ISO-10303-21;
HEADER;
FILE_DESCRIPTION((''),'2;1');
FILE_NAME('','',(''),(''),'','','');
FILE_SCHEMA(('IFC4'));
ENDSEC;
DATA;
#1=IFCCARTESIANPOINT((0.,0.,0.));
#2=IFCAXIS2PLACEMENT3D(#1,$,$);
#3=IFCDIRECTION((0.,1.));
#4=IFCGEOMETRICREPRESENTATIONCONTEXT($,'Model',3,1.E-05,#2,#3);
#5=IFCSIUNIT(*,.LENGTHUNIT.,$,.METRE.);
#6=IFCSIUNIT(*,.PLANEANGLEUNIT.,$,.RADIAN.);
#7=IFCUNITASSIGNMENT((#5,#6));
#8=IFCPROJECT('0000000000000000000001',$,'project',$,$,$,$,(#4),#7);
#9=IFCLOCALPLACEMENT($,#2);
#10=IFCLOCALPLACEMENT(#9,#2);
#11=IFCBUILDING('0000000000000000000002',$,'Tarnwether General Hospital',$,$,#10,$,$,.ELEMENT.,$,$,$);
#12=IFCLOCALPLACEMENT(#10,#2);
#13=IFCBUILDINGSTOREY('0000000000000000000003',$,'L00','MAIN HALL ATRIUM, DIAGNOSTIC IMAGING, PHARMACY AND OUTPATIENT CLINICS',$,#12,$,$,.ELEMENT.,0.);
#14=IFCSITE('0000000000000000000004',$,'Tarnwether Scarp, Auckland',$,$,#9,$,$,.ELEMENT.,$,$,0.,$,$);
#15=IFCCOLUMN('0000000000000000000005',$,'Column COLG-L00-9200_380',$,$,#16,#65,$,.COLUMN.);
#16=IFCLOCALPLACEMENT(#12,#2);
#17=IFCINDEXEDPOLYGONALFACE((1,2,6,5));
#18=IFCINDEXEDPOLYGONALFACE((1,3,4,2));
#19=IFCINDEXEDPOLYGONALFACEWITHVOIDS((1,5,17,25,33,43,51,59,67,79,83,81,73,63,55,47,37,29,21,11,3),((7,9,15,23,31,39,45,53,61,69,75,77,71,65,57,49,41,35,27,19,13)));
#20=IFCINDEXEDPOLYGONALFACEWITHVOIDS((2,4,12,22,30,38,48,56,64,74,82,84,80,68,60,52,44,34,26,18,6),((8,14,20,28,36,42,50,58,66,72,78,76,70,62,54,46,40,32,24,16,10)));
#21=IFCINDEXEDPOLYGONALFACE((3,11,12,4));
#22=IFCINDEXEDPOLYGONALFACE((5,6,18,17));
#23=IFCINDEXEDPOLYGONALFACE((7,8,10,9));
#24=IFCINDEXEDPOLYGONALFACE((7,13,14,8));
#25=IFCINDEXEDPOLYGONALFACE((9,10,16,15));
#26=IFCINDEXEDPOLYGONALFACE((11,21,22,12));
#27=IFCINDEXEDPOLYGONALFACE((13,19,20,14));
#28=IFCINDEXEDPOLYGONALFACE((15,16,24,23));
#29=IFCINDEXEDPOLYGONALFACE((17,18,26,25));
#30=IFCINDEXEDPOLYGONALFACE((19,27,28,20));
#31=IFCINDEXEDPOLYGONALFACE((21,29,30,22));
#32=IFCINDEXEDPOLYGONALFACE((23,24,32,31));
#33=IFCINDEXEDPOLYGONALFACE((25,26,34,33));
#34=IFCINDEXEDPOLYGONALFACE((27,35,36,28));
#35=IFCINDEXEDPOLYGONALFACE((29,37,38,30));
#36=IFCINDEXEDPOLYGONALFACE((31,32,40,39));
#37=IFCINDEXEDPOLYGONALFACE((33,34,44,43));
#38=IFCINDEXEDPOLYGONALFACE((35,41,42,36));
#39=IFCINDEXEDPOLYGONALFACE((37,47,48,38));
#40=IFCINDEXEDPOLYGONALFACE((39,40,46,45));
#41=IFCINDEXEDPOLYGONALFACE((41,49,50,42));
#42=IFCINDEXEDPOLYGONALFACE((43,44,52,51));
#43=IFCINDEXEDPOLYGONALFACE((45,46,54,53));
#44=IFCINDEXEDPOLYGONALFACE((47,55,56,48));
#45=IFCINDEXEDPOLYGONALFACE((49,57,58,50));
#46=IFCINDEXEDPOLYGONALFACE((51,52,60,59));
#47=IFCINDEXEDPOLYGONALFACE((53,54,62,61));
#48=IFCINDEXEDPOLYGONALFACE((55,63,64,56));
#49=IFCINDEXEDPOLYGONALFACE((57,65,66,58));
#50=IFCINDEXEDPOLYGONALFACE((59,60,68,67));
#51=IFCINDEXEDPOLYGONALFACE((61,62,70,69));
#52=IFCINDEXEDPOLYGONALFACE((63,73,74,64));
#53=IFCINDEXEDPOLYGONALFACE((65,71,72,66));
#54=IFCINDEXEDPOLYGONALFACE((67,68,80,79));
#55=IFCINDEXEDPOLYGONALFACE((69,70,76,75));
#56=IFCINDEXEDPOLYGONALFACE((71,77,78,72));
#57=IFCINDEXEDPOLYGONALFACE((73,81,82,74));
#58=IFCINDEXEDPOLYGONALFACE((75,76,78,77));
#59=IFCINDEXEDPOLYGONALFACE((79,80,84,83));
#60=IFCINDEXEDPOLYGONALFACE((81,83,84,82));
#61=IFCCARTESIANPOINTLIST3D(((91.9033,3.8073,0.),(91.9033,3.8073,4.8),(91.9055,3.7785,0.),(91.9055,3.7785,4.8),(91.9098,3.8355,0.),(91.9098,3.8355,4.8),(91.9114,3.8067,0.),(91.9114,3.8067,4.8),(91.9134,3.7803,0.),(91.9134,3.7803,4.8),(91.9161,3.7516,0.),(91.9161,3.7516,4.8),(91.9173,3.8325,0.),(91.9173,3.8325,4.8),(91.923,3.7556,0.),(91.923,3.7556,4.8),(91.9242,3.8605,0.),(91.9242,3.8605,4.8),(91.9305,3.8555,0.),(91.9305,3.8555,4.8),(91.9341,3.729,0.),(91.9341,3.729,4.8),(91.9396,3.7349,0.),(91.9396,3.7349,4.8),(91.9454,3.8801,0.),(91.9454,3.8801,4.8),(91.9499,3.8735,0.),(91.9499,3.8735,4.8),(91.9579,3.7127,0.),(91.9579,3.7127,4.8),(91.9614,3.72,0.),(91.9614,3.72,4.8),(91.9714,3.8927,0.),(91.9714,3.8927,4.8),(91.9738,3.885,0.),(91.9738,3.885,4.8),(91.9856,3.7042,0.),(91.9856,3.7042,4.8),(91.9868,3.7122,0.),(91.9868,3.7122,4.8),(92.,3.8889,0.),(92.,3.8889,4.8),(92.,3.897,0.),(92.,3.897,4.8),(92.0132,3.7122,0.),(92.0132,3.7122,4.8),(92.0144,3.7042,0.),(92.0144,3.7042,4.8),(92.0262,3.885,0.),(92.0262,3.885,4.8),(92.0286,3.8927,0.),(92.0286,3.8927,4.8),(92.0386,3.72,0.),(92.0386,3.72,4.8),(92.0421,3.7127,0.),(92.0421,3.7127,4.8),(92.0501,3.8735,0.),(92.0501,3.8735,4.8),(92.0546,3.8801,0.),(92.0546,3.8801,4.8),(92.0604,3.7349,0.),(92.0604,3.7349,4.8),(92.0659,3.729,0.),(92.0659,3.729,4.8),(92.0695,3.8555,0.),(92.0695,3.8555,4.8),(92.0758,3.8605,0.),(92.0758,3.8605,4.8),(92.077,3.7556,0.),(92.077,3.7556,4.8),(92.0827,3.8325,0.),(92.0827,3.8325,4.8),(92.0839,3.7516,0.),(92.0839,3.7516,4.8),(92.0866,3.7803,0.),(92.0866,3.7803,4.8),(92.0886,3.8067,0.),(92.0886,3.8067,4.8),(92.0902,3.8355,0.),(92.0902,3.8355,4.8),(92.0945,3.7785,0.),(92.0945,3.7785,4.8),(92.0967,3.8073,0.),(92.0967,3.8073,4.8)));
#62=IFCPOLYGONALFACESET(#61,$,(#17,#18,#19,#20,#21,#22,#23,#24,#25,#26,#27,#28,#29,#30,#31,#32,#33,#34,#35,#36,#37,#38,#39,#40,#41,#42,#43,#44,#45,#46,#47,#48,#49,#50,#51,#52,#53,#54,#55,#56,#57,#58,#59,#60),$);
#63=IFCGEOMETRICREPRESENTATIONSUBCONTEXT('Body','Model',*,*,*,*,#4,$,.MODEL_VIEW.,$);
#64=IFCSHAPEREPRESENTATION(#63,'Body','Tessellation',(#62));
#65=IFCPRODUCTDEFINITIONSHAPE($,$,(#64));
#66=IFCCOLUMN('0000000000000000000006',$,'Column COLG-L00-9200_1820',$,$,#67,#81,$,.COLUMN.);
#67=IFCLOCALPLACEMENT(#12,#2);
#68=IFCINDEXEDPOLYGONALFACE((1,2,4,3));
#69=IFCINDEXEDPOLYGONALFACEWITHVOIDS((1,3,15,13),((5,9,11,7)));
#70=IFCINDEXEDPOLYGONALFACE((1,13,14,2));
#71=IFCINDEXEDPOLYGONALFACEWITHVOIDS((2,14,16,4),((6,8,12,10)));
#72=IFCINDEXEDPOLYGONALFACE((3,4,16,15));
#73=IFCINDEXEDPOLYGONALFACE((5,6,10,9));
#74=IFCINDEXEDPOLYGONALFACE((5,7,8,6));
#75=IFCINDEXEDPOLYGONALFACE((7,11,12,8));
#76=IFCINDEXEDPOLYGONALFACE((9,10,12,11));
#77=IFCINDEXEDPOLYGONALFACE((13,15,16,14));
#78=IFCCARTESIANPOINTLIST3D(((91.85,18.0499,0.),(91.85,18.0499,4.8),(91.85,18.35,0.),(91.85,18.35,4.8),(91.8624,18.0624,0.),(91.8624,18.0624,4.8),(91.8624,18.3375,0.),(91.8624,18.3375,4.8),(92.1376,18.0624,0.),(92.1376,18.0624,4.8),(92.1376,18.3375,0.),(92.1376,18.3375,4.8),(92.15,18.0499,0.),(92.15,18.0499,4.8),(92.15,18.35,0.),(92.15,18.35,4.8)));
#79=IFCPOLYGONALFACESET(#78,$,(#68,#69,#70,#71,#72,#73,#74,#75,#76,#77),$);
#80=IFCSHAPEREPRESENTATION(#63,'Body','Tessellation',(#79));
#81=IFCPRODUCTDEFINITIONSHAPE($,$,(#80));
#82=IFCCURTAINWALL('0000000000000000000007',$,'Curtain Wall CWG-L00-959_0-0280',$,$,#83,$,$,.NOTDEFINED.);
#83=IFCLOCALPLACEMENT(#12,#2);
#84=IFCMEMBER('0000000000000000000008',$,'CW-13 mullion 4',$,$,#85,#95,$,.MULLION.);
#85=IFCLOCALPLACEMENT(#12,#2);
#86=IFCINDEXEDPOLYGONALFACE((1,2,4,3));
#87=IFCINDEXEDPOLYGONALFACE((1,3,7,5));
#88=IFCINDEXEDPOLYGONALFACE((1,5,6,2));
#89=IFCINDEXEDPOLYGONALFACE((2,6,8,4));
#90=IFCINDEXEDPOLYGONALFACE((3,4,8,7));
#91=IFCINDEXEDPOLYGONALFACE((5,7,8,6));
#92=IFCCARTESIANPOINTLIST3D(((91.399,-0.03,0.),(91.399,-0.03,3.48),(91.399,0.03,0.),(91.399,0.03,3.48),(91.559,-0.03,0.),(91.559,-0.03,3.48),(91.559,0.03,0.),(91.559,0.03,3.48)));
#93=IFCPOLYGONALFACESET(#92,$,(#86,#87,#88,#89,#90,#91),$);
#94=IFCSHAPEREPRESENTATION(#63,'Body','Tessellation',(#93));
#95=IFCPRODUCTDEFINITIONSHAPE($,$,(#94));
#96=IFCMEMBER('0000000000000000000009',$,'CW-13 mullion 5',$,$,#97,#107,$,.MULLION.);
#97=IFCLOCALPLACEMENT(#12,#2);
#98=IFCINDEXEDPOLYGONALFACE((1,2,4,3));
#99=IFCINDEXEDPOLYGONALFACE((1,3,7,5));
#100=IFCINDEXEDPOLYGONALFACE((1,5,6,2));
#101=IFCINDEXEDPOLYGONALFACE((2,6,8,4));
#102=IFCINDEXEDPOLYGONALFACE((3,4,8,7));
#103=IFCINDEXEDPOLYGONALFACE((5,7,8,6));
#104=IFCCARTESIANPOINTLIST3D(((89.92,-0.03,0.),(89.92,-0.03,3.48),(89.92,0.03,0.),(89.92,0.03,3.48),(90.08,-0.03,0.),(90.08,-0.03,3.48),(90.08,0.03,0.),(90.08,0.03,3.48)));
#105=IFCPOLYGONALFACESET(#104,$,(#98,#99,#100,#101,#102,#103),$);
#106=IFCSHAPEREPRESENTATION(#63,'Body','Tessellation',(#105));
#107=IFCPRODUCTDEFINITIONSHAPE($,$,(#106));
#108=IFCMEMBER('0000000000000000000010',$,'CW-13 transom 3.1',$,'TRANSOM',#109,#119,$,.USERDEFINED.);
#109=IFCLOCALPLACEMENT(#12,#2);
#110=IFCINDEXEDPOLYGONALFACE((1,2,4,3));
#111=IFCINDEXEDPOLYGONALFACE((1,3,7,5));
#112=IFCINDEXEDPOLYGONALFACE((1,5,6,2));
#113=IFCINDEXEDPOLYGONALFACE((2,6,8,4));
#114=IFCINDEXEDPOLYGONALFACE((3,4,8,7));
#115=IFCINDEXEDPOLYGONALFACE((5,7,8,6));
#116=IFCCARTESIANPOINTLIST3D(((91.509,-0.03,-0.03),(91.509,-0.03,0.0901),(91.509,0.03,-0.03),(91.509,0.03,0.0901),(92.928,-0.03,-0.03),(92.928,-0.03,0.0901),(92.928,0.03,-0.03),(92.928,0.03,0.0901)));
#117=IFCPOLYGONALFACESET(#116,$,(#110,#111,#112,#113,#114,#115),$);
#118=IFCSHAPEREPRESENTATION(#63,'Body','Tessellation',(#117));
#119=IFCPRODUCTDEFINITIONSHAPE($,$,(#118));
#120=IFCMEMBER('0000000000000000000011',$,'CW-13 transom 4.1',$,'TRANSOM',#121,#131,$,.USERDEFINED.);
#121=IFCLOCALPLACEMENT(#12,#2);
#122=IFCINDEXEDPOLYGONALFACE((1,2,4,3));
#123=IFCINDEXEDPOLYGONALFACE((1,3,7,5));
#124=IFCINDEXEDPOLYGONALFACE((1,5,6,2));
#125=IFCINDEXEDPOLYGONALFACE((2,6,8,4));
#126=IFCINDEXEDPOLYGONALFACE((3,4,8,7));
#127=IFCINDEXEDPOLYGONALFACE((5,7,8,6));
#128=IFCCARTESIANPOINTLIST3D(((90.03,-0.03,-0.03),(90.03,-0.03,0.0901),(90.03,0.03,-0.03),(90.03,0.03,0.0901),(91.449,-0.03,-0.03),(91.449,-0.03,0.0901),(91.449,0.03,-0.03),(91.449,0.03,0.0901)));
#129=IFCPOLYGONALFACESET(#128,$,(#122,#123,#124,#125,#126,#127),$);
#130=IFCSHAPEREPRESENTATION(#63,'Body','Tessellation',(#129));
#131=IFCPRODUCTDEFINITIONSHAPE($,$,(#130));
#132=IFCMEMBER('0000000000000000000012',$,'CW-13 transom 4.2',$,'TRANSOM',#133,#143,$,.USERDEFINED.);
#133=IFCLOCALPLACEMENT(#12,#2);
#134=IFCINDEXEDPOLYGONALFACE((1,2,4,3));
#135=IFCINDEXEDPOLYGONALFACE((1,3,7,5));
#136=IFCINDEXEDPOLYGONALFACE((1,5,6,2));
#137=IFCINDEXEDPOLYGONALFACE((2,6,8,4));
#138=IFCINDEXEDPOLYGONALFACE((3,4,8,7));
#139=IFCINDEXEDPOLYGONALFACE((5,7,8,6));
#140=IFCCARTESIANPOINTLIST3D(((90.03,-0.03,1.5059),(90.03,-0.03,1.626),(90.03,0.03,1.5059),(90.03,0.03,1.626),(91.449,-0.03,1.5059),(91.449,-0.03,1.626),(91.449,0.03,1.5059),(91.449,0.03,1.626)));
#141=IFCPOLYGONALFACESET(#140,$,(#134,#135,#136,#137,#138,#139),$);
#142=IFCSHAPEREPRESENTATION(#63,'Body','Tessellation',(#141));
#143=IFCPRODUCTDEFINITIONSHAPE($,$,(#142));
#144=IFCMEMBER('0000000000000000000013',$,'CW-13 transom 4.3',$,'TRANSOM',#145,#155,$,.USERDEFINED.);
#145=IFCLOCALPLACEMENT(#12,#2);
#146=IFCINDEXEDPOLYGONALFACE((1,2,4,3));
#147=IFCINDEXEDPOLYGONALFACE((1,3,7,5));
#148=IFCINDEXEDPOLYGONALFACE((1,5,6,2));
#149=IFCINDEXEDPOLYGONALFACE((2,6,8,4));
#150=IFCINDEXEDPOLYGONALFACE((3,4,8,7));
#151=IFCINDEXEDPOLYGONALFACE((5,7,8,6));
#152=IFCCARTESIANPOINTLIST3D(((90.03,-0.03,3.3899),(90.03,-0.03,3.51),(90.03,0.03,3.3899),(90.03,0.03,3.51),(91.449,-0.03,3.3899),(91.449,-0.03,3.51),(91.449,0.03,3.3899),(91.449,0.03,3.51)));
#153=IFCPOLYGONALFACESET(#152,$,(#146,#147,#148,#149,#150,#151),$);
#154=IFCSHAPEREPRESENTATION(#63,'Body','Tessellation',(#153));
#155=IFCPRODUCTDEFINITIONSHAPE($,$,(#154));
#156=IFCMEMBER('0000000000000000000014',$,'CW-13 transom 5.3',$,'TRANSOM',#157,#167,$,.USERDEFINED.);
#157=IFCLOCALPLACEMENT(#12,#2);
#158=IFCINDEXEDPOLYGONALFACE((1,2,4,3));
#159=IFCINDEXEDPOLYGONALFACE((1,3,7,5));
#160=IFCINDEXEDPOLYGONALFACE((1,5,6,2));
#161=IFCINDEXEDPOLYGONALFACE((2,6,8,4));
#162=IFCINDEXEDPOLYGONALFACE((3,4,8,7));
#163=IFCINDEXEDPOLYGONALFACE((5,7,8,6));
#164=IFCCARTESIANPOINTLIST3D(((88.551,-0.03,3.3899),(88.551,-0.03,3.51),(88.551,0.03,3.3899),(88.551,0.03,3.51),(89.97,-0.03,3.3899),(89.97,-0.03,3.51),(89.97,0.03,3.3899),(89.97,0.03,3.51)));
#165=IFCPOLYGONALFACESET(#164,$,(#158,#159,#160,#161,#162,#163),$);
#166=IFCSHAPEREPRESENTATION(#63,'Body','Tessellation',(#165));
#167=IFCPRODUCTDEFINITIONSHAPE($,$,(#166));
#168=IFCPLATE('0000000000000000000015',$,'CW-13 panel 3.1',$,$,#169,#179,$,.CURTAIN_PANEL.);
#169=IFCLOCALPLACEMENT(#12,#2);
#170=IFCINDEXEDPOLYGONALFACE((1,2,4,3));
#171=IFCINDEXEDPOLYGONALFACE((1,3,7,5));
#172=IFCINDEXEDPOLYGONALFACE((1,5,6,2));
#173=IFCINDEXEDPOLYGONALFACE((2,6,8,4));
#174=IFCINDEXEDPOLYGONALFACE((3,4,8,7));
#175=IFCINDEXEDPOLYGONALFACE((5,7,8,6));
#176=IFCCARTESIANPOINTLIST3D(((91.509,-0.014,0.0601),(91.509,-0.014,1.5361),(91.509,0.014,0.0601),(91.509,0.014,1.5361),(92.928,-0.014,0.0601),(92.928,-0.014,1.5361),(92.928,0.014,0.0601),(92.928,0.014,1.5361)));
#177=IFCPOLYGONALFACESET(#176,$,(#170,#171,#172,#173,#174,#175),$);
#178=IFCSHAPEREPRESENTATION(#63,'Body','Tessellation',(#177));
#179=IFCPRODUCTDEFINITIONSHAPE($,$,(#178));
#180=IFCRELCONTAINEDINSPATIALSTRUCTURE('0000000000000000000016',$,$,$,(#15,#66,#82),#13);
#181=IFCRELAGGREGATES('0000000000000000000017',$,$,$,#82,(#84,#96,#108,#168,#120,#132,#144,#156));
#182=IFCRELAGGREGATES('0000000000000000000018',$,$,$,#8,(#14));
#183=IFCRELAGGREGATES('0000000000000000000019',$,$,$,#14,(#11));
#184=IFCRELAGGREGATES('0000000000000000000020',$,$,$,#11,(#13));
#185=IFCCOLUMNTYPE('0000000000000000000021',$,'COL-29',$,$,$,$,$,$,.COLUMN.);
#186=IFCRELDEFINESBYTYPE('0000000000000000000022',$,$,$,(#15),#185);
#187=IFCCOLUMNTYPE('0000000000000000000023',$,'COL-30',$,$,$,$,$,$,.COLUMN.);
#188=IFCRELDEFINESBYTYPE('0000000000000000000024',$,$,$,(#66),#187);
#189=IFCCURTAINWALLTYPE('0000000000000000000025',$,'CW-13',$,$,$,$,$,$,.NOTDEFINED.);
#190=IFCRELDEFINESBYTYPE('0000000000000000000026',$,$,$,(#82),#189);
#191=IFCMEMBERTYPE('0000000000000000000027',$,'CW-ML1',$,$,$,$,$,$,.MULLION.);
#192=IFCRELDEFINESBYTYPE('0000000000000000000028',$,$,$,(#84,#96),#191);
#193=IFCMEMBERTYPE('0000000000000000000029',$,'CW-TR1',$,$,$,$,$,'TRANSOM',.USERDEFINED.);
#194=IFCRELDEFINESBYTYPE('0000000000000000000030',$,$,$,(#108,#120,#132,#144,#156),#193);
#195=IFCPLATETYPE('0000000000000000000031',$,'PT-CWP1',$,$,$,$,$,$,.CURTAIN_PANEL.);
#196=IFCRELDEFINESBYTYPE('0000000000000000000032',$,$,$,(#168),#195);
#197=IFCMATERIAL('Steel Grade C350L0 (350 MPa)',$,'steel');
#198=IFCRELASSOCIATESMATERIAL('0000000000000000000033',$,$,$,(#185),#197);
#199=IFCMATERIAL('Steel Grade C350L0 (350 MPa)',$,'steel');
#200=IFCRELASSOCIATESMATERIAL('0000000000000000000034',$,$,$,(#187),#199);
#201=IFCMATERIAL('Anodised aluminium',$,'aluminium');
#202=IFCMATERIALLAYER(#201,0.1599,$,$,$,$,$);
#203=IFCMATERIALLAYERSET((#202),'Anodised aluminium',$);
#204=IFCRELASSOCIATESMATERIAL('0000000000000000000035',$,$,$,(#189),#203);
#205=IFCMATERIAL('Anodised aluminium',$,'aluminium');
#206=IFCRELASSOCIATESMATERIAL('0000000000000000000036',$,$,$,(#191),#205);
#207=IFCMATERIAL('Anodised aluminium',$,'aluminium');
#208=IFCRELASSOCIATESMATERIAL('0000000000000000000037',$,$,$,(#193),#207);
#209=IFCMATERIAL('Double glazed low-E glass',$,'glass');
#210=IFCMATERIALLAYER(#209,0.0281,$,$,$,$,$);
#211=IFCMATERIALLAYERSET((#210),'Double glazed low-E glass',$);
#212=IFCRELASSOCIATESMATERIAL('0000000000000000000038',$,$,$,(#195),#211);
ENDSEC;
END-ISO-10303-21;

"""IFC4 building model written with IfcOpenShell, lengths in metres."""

from ifc_helpers import new_model, si_unit, direction, frame, origin, origin_2d, place, context, subcontext, project, spatial, rectangle, hollow_rectangle, hollow_circle, extrude, material, layer, layer_set, material_profile, profile_set, type_object, element, aggregate, save


model = new_model("IFC4")

# Units and contexts
model_context = context("Model", 3, precision=1e-05, world=origin(), true_north=direction((0.0, 1.0)))
body_context = subcontext(model_context, "Body", "Model", "MODEL_VIEW")
ifc_project = project(units=[si_unit("LENGTHUNIT", "METRE"), si_unit("PLANEANGLEUNIT", "RADIAN")], contexts=[model_context])

# Site, building, storey
site_placement = place(None, origin())
site = spatial("IfcSite", under=ifc_project, at=site_placement, Name="Tarnwether Scarp, Auckland", CompositionType="ELEMENT", RefElevation=0.0)
building_placement = place(site_placement, origin())
building = spatial("IfcBuilding", under=site, at=building_placement, Name="Tarnwether General Hospital", CompositionType="ELEMENT")
storey_placement = place(building_placement, origin())
storey = spatial("IfcBuildingStorey", under=building, at=storey_placement, Name="L00", Description="MAIN HALL ATRIUM, DIAGNOSTIC IMAGING, PHARMACY AND OUTPATIENT CLINICS", CompositionType="ELEMENT", Elevation=0.0)

# Columns
ifc_material_1 = material(Name="Steel Grade C350L0 (350 MPa)", Category="steel")
ifc_material_profile_1 = material_profile(ifc_material_1, hollow_circle(Radius=0.0969, WallThickness=0.0081, at=origin_2d()), Name="CHS193.7x8.0")
ifc_profile_set_1 = profile_set([ifc_material_profile_1], Name="Steel Grade C350L0 (350 MPa)")
column_type_1 = type_object("IfcColumnType", Name="COL-29", PredefinedType="COLUMN", material=ifc_profile_set_1)
column_1_placement = place(storey_placement, frame((92.0, 3.8, 0.0), z_axis=(0.0, 0.0, 1.0), x_axis=(0.0, 1.0, 0.0)))
element("IfcColumn", 1, at=column_1_placement, inside=storey, type_object=column_type_1, Name="Column COLG-L00-9200_380", PredefinedType="COLUMN", context=body_context, shape_type="SweptSolid", body=[
    extrude(hollow_circle(Radius=0.0969, WallThickness=0.0081, at=origin_2d()), origin(), (0.0, 0.0, 1.0), 4.8),
])
ifc_material_2 = material(Name="Steel Grade C350L0 (350 MPa)", Category="steel")
ifc_material_profile_2 = material_profile(ifc_material_2, hollow_rectangle(XDim=0.3, YDim=0.3, WallThickness=0.0125, at=origin_2d()), Name="SHS300x300x12.5")
ifc_profile_set_2 = profile_set([ifc_material_profile_2], Name="Steel Grade C350L0 (350 MPa)")
column_type_2 = type_object("IfcColumnType", Name="COL-30", PredefinedType="COLUMN", material=ifc_profile_set_2)
column_2_placement = place(storey_placement, frame((92.0, 18.2, 0.0), z_axis=(0.0, 0.0, 1.0), x_axis=(0.0, 1.0, 0.0)))
element("IfcColumn", 2, at=column_2_placement, inside=storey, type_object=column_type_2, Name="Column COLG-L00-9200_1820", PredefinedType="COLUMN", context=body_context, shape_type="SweptSolid", body=[
    extrude(hollow_rectangle(XDim=0.3, YDim=0.3, WallThickness=0.0125, at=origin_2d()), origin(), (0.0, 0.0, 1.0), 4.8),
])

# Curtain wall, members, plate
ifc_material_3 = material(Name="Anodised aluminium", Category="aluminium")
ifc_layer_1 = layer(ifc_material_3, 0.1599)
ifc_layer_set_1 = layer_set([ifc_layer_1], Name="Anodised aluminium")
curtain_wall_type = type_object("IfcCurtainWallType", Name="CW-13", PredefinedType="NOTDEFINED", material=ifc_layer_set_1)
curtain_wall_placement = place(storey_placement, origin())
curtain_wall = element("IfcCurtainWall", 3, at=curtain_wall_placement, inside=storey, type_object=curtain_wall_type, Name="Curtain Wall CWG-L00-959_0-0280", PredefinedType="NOTDEFINED")
ifc_material_4 = material(Name="Anodised aluminium", Category="aluminium")
ifc_material_profile_3 = material_profile(ifc_material_4, rectangle(XDim=0.0601, YDim=0.1599, at=origin_2d()), Name="ALU-MUL-60x160")
ifc_profile_set_3 = profile_set([ifc_material_profile_3], Name="Anodised aluminium")
member_type_1 = type_object("IfcMemberType", Name="CW-ML1", PredefinedType="MULLION", material=ifc_profile_set_3)
member_1_placement = place(storey_placement, frame((91.479, 0.0, 0.0), z_axis=(0.0, 0.0, 1.0), x_axis=(0.0, -1.0, 0.0)))
member_1 = element("IfcMember", 4, at=member_1_placement, type_object=member_type_1, Name="CW-13 mullion 4", PredefinedType="MULLION", context=body_context, shape_type="SweptSolid", body=[
    extrude(rectangle(XDim=0.0601, YDim=0.1599, at=origin_2d()), origin(), (0.0, 0.0, 1.0), 3.48),
])
member_2_placement = place(storey_placement, frame((90.0, 0.0, 0.0), z_axis=(0.0, 0.0, 1.0), x_axis=(0.0, -1.0, 0.0)))
member_2 = element("IfcMember", 5, at=member_2_placement, type_object=member_type_1, Name="CW-13 mullion 5", PredefinedType="MULLION", context=body_context, shape_type="SweptSolid", body=[
    extrude(rectangle(XDim=0.0601, YDim=0.1599, at=origin_2d()), origin(), (0.0, 0.0, 1.0), 3.48),
])
ifc_material_5 = material(Name="Anodised aluminium", Category="aluminium")
ifc_material_profile_4 = material_profile(ifc_material_5, rectangle(XDim=0.0601, YDim=0.1201, at=origin_2d()), Name="ALU-TRN-60x120")
ifc_profile_set_4 = profile_set([ifc_material_profile_4], Name="Anodised aluminium")
member_type_2 = type_object("IfcMemberType", Name="CW-TR1", ElementType="TRANSOM", PredefinedType="USERDEFINED", material=ifc_profile_set_4)
member_3_placement = place(storey_placement, frame((92.928, 0.0, 0.03), z_axis=(-1.0, 0.0, 0.0), x_axis=(0.0, -1.0, 0.0)))
member_3 = element("IfcMember", 6, at=member_3_placement, type_object=member_type_2, Name="CW-13 transom 3.1", ObjectType="TRANSOM", PredefinedType="USERDEFINED", context=body_context, shape_type="SweptSolid", body=[
    extrude(rectangle(XDim=0.0601, YDim=0.1201, at=origin_2d()), origin(), (0.0, 0.0, 1.0), 1.4189),
])
member_4_placement = place(storey_placement, frame((91.449, 0.0, 0.03), z_axis=(-1.0, 0.0, 0.0), x_axis=(0.0, -1.0, 0.0)))
member_4 = element("IfcMember", 7, at=member_4_placement, type_object=member_type_2, Name="CW-13 transom 4.1", ObjectType="TRANSOM", PredefinedType="USERDEFINED", context=body_context, shape_type="SweptSolid", body=[
    extrude(rectangle(XDim=0.0601, YDim=0.1201, at=origin_2d()), origin(), (0.0, 0.0, 1.0), 1.4189),
])
member_5_placement = place(storey_placement, frame((91.449, 0.0, 1.5659), z_axis=(-1.0, 0.0, 0.0), x_axis=(0.0, -1.0, 0.0)))
member_5 = element("IfcMember", 8, at=member_5_placement, type_object=member_type_2, Name="CW-13 transom 4.2", ObjectType="TRANSOM", PredefinedType="USERDEFINED", context=body_context, shape_type="SweptSolid", body=[
    extrude(rectangle(XDim=0.0601, YDim=0.1201, at=origin_2d()), origin(), (0.0, 0.0, 1.0), 1.4189),
])
member_6_placement = place(storey_placement, frame((91.449, 0.0, 3.45), z_axis=(-1.0, 0.0, 0.0), x_axis=(0.0, -1.0, 0.0)))
member_6 = element("IfcMember", 9, at=member_6_placement, type_object=member_type_2, Name="CW-13 transom 4.3", ObjectType="TRANSOM", PredefinedType="USERDEFINED", context=body_context, shape_type="SweptSolid", body=[
    extrude(rectangle(XDim=0.0601, YDim=0.1201, at=origin_2d()), origin(), (0.0, 0.0, 1.0), 1.4189),
])
member_7_placement = place(storey_placement, frame((89.97, 0.0, 3.45), z_axis=(-1.0, 0.0, 0.0), x_axis=(0.0, -1.0, 0.0)))
member_7 = element("IfcMember", 10, at=member_7_placement, type_object=member_type_2, Name="CW-13 transom 5.3", ObjectType="TRANSOM", PredefinedType="USERDEFINED", context=body_context, shape_type="SweptSolid", body=[
    extrude(rectangle(XDim=0.0601, YDim=0.1201, at=origin_2d()), origin(), (0.0, 0.0, 1.0), 1.4189),
])
ifc_material_6 = material(Name="Double glazed low-E glass", Category="glass")
ifc_layer_2 = layer(ifc_material_6, 0.0281)
ifc_layer_set_2 = layer_set([ifc_layer_2], Name="Double glazed low-E glass")
plate_type_1 = type_object("IfcPlateType", Name="PT-CWP1", PredefinedType="CURTAIN_PANEL", material=ifc_layer_set_2)
plate_1_placement = place(storey_placement, frame((92.2185, 0.0, 0.0601), z_axis=(0.0, 0.0, 1.0), x_axis=(-1.0, 0.0, 0.0)))
plate_1 = element("IfcPlate", 11, at=plate_1_placement, type_object=plate_type_1, Name="CW-13 panel 3.1", PredefinedType="CURTAIN_PANEL", context=body_context, shape_type="SweptSolid", body=[
    extrude(rectangle(XDim=1.4189, YDim=0.0281, at=origin_2d()), origin(), (0.0, 0.0, 1.0), 1.4761),
])
aggregate(curtain_wall, [member_1, member_2, member_3, plate_1, member_4, member_5, member_6, member_7])

save(model, "model.ifc")
